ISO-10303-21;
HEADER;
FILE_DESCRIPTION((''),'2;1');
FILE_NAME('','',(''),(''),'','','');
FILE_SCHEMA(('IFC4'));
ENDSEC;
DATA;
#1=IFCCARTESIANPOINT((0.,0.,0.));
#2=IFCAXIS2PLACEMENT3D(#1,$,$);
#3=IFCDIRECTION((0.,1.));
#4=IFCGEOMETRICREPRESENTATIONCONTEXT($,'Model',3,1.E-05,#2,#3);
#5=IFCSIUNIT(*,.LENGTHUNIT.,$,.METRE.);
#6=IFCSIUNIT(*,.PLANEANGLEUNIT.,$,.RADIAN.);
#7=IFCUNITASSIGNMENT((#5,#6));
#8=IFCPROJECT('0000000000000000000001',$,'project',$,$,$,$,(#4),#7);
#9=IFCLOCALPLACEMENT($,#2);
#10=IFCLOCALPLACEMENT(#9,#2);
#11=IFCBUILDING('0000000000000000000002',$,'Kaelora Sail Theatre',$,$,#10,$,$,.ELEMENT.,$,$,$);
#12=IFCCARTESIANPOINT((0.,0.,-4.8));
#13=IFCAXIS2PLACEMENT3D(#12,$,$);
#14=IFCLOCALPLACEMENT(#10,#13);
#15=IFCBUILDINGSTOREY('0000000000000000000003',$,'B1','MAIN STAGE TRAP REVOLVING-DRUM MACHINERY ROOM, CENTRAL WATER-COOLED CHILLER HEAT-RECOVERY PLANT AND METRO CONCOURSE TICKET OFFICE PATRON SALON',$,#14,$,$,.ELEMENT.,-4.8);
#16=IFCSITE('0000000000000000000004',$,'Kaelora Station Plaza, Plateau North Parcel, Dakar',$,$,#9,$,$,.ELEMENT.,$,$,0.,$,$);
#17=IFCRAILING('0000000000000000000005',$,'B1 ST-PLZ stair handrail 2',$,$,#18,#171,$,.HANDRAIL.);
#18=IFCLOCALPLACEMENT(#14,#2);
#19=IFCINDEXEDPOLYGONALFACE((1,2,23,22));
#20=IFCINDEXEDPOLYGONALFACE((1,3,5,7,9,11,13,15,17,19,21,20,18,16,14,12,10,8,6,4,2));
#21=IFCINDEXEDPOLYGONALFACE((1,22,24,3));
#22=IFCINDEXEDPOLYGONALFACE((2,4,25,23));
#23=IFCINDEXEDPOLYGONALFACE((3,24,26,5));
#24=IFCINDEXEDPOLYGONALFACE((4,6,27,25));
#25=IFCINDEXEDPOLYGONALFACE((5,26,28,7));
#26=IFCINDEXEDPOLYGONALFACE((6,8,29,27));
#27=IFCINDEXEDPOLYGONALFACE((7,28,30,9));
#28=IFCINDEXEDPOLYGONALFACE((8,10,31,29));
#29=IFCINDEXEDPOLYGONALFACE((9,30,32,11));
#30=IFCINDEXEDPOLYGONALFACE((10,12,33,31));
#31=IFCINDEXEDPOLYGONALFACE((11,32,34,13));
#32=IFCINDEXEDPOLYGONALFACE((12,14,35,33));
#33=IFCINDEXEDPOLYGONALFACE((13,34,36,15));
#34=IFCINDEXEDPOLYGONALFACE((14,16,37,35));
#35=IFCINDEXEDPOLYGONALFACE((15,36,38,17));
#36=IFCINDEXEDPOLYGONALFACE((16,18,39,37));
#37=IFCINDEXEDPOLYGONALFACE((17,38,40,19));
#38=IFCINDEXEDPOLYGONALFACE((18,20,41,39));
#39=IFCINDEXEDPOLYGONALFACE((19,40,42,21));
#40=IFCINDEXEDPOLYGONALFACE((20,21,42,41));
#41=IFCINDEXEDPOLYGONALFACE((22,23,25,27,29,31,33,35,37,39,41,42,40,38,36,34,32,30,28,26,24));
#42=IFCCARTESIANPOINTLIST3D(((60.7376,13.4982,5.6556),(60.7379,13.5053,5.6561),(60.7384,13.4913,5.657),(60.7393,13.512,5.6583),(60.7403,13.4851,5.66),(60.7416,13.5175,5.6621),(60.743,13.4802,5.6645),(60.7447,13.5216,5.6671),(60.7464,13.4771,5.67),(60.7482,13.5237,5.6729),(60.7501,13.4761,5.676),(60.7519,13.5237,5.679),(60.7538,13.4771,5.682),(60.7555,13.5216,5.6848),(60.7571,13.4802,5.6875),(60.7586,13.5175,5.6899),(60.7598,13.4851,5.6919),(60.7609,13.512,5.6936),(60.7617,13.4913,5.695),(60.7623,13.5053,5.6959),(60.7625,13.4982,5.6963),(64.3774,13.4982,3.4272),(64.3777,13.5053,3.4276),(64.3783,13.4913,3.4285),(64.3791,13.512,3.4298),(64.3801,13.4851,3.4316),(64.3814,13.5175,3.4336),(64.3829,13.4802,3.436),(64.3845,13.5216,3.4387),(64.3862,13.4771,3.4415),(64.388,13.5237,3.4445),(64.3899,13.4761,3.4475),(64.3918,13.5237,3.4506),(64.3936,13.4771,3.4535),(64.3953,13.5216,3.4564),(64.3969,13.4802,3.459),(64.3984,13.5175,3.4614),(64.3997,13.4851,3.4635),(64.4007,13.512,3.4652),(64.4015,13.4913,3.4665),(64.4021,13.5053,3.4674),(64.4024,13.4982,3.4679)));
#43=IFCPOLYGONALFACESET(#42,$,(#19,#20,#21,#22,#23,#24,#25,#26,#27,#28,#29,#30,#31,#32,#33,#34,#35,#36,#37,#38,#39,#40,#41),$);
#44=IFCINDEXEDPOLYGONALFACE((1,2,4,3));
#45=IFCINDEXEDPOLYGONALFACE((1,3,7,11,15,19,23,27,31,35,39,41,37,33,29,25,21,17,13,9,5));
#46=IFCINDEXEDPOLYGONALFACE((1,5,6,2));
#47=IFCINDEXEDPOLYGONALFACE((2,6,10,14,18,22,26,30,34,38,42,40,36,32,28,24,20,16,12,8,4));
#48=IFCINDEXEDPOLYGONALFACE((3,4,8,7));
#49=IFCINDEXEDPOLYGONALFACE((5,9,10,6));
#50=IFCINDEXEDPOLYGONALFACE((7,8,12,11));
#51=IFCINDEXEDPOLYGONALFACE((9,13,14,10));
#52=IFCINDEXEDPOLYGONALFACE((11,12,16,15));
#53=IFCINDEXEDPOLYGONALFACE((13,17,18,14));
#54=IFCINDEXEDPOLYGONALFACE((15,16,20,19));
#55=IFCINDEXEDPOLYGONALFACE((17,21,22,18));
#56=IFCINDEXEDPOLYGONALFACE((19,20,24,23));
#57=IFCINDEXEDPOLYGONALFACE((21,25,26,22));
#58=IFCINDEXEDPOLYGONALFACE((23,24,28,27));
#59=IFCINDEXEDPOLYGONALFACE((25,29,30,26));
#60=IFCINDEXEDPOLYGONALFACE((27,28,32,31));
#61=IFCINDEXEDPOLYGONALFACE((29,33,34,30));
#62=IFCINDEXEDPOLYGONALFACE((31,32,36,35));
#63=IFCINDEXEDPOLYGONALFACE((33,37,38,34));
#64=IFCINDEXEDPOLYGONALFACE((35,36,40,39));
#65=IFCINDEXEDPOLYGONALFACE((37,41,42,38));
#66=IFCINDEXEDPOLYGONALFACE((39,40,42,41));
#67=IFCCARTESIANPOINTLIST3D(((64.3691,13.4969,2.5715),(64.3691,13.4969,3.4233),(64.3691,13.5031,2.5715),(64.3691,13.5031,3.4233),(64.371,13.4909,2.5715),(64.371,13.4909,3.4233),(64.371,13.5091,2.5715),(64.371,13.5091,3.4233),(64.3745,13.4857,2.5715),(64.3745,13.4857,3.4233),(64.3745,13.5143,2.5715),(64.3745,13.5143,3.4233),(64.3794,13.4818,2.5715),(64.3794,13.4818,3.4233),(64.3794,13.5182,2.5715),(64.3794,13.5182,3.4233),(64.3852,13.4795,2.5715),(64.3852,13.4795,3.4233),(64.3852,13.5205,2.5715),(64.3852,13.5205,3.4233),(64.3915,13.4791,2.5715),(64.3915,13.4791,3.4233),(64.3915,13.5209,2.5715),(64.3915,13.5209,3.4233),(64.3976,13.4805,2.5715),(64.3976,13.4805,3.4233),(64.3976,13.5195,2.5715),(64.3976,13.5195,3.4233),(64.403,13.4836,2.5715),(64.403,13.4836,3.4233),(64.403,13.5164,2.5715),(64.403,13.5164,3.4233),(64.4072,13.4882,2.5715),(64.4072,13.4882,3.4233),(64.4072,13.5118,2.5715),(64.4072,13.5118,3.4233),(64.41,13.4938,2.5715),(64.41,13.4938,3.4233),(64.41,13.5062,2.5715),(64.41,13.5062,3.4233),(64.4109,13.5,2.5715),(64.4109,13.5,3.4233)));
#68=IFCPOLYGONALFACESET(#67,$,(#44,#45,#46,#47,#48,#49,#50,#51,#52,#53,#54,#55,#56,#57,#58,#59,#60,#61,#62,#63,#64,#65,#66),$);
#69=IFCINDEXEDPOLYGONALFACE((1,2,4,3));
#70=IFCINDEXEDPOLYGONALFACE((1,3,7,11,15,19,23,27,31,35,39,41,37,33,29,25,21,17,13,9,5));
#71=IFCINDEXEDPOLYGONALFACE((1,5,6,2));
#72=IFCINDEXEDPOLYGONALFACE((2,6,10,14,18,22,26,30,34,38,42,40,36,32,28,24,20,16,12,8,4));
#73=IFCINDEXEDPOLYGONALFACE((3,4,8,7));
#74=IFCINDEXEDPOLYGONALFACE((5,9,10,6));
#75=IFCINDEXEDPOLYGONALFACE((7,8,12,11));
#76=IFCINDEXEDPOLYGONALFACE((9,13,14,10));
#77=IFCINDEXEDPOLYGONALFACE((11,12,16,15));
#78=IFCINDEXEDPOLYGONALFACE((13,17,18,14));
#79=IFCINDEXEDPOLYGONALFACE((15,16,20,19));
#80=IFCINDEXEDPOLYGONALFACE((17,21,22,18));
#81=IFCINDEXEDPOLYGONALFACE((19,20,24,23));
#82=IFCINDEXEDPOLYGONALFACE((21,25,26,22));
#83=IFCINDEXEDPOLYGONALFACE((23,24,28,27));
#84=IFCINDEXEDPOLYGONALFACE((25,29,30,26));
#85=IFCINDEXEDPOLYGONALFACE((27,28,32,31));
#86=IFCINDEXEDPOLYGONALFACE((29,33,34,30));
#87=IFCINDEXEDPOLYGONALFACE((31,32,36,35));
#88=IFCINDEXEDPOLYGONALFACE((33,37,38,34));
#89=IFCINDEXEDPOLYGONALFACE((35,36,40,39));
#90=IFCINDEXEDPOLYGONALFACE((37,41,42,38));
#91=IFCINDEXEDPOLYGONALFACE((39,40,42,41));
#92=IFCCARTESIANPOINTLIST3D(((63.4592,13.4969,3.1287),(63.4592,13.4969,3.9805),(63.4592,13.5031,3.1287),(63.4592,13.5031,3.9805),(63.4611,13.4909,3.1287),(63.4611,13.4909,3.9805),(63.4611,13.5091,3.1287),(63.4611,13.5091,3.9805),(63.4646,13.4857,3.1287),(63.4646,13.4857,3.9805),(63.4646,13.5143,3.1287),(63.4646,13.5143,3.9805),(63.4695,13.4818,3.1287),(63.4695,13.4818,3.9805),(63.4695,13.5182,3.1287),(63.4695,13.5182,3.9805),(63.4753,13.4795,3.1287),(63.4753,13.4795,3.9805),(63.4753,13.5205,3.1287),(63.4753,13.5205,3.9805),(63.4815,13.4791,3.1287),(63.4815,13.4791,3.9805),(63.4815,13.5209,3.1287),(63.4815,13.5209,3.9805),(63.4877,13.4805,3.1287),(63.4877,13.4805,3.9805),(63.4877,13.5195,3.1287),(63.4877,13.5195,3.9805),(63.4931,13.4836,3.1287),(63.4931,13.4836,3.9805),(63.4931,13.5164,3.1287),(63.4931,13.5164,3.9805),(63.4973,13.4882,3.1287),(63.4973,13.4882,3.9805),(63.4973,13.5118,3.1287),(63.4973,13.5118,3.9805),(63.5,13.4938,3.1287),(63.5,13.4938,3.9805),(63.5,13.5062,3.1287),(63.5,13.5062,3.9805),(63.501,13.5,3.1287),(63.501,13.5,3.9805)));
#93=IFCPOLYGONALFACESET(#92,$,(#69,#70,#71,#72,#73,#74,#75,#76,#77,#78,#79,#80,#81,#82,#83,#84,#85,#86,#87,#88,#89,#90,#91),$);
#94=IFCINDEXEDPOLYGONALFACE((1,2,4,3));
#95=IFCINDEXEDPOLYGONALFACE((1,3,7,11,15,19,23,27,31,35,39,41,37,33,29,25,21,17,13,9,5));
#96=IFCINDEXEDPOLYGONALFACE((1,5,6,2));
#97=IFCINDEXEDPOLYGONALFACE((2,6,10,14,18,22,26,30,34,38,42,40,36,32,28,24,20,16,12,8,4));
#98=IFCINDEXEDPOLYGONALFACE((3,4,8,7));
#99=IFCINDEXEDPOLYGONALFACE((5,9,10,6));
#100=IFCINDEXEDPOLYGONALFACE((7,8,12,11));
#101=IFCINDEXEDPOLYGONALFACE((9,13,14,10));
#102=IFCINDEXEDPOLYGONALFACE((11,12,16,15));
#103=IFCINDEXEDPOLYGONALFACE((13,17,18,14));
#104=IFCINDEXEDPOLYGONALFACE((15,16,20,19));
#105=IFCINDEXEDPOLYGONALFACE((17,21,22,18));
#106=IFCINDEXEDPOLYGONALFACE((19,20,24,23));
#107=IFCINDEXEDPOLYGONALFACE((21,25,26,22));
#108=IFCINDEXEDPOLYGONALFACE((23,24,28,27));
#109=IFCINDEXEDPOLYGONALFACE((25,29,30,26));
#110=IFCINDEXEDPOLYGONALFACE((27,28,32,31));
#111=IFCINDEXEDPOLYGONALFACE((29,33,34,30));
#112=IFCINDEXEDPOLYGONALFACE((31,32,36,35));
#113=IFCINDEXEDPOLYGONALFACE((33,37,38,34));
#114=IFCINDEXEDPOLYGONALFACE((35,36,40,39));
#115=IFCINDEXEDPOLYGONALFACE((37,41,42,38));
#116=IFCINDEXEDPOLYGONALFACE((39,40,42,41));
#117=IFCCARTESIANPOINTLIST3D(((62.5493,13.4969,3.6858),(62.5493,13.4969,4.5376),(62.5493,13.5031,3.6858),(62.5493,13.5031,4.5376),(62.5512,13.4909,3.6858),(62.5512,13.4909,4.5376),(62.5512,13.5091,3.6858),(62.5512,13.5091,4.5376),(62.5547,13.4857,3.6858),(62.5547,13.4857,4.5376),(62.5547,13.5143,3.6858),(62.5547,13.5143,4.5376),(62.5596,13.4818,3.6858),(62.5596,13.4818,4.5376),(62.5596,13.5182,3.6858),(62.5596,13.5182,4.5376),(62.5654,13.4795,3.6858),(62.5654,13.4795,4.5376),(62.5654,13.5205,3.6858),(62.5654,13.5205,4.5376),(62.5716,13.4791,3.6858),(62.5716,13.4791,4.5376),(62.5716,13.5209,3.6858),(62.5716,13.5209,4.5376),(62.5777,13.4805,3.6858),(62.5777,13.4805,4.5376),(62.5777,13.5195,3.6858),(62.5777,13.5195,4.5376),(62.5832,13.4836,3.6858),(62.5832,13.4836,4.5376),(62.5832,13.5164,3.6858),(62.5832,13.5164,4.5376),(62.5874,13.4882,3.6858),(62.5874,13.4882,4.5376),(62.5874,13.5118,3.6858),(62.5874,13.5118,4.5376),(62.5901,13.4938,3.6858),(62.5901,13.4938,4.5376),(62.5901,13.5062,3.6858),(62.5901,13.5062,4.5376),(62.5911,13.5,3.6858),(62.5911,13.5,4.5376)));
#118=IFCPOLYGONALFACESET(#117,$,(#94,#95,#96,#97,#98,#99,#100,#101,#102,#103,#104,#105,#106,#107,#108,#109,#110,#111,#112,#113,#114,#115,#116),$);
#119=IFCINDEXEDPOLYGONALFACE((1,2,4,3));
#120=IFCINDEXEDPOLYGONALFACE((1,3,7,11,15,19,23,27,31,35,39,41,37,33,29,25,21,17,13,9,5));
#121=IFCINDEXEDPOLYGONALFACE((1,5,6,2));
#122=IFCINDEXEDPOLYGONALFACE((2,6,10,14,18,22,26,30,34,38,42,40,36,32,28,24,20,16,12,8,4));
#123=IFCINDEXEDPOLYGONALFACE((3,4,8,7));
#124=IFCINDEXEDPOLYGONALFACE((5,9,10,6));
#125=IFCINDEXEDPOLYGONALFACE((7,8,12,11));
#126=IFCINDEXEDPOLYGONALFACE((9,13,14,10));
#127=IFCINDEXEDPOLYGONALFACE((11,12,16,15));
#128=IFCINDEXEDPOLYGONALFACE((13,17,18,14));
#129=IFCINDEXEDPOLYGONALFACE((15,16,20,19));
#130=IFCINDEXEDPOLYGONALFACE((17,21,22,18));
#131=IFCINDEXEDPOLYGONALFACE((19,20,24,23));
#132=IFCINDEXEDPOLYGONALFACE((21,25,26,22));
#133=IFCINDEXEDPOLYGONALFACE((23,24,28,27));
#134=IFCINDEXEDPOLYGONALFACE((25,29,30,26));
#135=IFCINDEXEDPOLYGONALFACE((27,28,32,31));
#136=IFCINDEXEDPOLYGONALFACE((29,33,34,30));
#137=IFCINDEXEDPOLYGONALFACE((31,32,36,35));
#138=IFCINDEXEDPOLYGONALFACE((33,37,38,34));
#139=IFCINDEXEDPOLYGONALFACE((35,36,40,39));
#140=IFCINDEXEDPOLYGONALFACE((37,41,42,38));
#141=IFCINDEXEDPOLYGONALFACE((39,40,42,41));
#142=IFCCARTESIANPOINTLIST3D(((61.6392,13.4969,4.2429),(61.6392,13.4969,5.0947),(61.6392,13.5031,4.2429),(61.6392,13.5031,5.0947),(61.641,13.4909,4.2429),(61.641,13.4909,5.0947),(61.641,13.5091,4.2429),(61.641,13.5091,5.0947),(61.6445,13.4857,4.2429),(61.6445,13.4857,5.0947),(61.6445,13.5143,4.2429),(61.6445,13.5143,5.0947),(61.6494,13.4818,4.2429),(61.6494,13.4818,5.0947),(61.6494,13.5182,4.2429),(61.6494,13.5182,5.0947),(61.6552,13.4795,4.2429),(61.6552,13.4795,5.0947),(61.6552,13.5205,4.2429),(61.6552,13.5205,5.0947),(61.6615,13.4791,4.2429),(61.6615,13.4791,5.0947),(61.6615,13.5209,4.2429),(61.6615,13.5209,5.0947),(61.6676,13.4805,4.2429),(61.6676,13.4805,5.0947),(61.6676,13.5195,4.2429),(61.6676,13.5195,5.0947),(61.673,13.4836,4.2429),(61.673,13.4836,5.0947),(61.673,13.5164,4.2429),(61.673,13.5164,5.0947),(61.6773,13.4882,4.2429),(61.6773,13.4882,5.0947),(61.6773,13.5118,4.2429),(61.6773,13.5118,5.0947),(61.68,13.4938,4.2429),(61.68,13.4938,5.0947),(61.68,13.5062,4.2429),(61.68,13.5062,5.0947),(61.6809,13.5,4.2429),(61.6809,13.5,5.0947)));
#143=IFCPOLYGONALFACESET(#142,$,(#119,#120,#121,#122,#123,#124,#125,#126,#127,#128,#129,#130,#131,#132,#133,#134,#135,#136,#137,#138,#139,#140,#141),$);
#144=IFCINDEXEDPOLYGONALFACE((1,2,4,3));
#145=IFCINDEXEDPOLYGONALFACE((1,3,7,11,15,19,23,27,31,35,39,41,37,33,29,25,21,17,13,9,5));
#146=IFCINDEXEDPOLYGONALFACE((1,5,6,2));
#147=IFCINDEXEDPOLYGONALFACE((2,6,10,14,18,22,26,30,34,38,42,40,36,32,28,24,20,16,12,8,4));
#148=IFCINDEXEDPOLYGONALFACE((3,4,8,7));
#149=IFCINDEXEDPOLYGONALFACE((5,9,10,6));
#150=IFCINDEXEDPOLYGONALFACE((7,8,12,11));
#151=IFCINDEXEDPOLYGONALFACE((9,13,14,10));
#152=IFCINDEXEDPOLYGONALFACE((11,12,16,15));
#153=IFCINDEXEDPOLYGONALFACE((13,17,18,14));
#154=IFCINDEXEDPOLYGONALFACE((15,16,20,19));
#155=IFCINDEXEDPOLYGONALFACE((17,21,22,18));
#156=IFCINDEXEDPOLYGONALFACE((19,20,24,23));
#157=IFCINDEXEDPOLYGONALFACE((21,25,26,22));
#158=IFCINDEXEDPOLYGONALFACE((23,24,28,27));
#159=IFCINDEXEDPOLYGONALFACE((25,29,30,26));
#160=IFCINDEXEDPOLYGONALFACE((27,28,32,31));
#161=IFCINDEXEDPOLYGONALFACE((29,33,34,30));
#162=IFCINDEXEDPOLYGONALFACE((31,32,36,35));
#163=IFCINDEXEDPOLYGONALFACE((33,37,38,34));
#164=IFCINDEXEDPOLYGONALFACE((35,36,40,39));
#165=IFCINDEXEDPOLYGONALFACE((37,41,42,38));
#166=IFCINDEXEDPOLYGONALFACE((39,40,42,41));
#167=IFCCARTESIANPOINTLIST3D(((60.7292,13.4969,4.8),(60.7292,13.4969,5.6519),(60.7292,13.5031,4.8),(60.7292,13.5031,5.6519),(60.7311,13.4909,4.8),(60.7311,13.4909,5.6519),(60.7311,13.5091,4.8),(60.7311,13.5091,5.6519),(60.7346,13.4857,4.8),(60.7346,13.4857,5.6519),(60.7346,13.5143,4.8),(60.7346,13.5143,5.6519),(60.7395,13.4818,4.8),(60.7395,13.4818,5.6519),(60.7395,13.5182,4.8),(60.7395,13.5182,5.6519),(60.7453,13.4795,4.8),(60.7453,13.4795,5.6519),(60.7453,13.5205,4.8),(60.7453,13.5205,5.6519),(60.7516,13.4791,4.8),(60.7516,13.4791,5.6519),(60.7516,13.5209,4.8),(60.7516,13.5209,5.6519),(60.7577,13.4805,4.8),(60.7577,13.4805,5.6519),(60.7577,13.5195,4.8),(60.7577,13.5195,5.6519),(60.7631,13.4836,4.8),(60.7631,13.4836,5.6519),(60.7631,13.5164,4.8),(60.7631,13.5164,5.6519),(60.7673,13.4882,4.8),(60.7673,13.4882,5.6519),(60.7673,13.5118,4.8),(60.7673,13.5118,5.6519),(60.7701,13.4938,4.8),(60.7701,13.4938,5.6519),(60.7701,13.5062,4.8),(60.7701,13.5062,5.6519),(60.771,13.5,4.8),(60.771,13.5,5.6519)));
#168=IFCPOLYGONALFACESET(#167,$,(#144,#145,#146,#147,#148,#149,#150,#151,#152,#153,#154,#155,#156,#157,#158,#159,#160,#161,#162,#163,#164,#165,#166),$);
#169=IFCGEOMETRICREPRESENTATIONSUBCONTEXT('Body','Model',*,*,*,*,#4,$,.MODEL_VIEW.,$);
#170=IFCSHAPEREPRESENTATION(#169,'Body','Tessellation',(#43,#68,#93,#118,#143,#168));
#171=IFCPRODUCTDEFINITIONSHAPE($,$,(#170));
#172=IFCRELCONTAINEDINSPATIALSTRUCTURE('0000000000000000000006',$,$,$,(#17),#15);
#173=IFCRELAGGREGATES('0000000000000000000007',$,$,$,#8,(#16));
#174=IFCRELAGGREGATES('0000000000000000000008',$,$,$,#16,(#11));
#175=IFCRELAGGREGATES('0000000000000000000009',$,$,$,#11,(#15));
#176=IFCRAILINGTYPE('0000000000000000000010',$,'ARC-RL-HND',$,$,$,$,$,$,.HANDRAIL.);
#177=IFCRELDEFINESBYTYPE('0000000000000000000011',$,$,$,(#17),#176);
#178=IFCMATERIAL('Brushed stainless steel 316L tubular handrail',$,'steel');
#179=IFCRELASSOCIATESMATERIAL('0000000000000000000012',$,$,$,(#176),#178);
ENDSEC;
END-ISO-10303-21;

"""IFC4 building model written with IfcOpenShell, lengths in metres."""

from ifc_helpers import new_model, si_unit, direction, frame, origin, origin_2d, place, context, subcontext, project, spatial, circle, extrude, material, type_object, element, save


model = new_model("IFC4")

# Units and contexts
model_context = context("Model", 3, precision=1e-05, world=origin(), true_north=direction((0.0, 1.0)))
body_context = subcontext(model_context, "Body", "Model", "MODEL_VIEW")
ifc_project = project(units=[si_unit("LENGTHUNIT", "METRE"), si_unit("PLANEANGLEUNIT", "RADIAN")], contexts=[model_context])

# Site, building, storey
site_placement = place(None, origin())
site = spatial("IfcSite", under=ifc_project, at=site_placement, Name="Kaelora Station Plaza, Plateau North Parcel, Dakar", CompositionType="ELEMENT", RefElevation=0.0)
building_placement = place(site_placement, origin())
building = spatial("IfcBuilding", under=site, at=building_placement, Name="Kaelora Sail Theatre", CompositionType="ELEMENT")
storey_placement = place(building_placement, frame((0.0, 0.0, -4.8)))
storey = spatial("IfcBuildingStorey", under=building, at=storey_placement, Name="B1", Description="MAIN STAGE TRAP REVOLVING-DRUM MACHINERY ROOM, CENTRAL WATER-COOLED CHILLER HEAT-RECOVERY PLANT AND METRO CONCOURSE TICKET OFFICE PATRON SALON", CompositionType="ELEMENT", Elevation=-4.8)

# Railing
ifc_material_1 = material(Name="Brushed stainless steel 316L tubular handrail", Category="steel")
railing_type_1 = type_object("IfcRailingType", Name="ARC-RL-HND", PredefinedType="HANDRAIL", material=ifc_material_1)
railing_1_placement = place(storey_placement, frame((64.3899, 13.5, 2.5715)))
element("IfcRailing", 1, at=railing_1_placement, inside=storey, type_object=railing_type_1, Name="B1 ST-PLZ stair handrail 2", PredefinedType="HANDRAIL", context=body_context, shape_type="SweptSolid", body=[
    extrude(circle(Radius=0.0239, at=origin_2d()), frame((0.0, 0.0, 0.876), z_axis=(-0.85285, 0.0, 0.522156), x_axis=(0.0, -1.0, 0.0)), (0.0, 0.0, 1.0), 4.2678),
    extrude(circle(Radius=0.021, at=origin_2d()), origin(), (0.0, 0.0, 1.0), 0.8518),
    extrude(circle(Radius=0.021, at=origin_2d()), frame((-0.9099, 0.0, 0.5571)), (0.0, 0.0, 1.0), 0.8518),
    extrude(circle(Radius=0.021, at=origin_2d()), frame((-1.8198, 0.0, 1.1143)), (0.0, 0.0, 1.0), 0.8518),
    extrude(circle(Radius=0.021, at=origin_2d()), frame((-2.73, 0.0, 1.6714)), (0.0, 0.0, 1.0), 0.8518),
    extrude(circle(Radius=0.021, at=origin_2d()), frame((-3.6399, 0.0, 2.2285)), (0.0, 0.0, 1.0), 0.8518),
])

save(model, "model.ifc")
